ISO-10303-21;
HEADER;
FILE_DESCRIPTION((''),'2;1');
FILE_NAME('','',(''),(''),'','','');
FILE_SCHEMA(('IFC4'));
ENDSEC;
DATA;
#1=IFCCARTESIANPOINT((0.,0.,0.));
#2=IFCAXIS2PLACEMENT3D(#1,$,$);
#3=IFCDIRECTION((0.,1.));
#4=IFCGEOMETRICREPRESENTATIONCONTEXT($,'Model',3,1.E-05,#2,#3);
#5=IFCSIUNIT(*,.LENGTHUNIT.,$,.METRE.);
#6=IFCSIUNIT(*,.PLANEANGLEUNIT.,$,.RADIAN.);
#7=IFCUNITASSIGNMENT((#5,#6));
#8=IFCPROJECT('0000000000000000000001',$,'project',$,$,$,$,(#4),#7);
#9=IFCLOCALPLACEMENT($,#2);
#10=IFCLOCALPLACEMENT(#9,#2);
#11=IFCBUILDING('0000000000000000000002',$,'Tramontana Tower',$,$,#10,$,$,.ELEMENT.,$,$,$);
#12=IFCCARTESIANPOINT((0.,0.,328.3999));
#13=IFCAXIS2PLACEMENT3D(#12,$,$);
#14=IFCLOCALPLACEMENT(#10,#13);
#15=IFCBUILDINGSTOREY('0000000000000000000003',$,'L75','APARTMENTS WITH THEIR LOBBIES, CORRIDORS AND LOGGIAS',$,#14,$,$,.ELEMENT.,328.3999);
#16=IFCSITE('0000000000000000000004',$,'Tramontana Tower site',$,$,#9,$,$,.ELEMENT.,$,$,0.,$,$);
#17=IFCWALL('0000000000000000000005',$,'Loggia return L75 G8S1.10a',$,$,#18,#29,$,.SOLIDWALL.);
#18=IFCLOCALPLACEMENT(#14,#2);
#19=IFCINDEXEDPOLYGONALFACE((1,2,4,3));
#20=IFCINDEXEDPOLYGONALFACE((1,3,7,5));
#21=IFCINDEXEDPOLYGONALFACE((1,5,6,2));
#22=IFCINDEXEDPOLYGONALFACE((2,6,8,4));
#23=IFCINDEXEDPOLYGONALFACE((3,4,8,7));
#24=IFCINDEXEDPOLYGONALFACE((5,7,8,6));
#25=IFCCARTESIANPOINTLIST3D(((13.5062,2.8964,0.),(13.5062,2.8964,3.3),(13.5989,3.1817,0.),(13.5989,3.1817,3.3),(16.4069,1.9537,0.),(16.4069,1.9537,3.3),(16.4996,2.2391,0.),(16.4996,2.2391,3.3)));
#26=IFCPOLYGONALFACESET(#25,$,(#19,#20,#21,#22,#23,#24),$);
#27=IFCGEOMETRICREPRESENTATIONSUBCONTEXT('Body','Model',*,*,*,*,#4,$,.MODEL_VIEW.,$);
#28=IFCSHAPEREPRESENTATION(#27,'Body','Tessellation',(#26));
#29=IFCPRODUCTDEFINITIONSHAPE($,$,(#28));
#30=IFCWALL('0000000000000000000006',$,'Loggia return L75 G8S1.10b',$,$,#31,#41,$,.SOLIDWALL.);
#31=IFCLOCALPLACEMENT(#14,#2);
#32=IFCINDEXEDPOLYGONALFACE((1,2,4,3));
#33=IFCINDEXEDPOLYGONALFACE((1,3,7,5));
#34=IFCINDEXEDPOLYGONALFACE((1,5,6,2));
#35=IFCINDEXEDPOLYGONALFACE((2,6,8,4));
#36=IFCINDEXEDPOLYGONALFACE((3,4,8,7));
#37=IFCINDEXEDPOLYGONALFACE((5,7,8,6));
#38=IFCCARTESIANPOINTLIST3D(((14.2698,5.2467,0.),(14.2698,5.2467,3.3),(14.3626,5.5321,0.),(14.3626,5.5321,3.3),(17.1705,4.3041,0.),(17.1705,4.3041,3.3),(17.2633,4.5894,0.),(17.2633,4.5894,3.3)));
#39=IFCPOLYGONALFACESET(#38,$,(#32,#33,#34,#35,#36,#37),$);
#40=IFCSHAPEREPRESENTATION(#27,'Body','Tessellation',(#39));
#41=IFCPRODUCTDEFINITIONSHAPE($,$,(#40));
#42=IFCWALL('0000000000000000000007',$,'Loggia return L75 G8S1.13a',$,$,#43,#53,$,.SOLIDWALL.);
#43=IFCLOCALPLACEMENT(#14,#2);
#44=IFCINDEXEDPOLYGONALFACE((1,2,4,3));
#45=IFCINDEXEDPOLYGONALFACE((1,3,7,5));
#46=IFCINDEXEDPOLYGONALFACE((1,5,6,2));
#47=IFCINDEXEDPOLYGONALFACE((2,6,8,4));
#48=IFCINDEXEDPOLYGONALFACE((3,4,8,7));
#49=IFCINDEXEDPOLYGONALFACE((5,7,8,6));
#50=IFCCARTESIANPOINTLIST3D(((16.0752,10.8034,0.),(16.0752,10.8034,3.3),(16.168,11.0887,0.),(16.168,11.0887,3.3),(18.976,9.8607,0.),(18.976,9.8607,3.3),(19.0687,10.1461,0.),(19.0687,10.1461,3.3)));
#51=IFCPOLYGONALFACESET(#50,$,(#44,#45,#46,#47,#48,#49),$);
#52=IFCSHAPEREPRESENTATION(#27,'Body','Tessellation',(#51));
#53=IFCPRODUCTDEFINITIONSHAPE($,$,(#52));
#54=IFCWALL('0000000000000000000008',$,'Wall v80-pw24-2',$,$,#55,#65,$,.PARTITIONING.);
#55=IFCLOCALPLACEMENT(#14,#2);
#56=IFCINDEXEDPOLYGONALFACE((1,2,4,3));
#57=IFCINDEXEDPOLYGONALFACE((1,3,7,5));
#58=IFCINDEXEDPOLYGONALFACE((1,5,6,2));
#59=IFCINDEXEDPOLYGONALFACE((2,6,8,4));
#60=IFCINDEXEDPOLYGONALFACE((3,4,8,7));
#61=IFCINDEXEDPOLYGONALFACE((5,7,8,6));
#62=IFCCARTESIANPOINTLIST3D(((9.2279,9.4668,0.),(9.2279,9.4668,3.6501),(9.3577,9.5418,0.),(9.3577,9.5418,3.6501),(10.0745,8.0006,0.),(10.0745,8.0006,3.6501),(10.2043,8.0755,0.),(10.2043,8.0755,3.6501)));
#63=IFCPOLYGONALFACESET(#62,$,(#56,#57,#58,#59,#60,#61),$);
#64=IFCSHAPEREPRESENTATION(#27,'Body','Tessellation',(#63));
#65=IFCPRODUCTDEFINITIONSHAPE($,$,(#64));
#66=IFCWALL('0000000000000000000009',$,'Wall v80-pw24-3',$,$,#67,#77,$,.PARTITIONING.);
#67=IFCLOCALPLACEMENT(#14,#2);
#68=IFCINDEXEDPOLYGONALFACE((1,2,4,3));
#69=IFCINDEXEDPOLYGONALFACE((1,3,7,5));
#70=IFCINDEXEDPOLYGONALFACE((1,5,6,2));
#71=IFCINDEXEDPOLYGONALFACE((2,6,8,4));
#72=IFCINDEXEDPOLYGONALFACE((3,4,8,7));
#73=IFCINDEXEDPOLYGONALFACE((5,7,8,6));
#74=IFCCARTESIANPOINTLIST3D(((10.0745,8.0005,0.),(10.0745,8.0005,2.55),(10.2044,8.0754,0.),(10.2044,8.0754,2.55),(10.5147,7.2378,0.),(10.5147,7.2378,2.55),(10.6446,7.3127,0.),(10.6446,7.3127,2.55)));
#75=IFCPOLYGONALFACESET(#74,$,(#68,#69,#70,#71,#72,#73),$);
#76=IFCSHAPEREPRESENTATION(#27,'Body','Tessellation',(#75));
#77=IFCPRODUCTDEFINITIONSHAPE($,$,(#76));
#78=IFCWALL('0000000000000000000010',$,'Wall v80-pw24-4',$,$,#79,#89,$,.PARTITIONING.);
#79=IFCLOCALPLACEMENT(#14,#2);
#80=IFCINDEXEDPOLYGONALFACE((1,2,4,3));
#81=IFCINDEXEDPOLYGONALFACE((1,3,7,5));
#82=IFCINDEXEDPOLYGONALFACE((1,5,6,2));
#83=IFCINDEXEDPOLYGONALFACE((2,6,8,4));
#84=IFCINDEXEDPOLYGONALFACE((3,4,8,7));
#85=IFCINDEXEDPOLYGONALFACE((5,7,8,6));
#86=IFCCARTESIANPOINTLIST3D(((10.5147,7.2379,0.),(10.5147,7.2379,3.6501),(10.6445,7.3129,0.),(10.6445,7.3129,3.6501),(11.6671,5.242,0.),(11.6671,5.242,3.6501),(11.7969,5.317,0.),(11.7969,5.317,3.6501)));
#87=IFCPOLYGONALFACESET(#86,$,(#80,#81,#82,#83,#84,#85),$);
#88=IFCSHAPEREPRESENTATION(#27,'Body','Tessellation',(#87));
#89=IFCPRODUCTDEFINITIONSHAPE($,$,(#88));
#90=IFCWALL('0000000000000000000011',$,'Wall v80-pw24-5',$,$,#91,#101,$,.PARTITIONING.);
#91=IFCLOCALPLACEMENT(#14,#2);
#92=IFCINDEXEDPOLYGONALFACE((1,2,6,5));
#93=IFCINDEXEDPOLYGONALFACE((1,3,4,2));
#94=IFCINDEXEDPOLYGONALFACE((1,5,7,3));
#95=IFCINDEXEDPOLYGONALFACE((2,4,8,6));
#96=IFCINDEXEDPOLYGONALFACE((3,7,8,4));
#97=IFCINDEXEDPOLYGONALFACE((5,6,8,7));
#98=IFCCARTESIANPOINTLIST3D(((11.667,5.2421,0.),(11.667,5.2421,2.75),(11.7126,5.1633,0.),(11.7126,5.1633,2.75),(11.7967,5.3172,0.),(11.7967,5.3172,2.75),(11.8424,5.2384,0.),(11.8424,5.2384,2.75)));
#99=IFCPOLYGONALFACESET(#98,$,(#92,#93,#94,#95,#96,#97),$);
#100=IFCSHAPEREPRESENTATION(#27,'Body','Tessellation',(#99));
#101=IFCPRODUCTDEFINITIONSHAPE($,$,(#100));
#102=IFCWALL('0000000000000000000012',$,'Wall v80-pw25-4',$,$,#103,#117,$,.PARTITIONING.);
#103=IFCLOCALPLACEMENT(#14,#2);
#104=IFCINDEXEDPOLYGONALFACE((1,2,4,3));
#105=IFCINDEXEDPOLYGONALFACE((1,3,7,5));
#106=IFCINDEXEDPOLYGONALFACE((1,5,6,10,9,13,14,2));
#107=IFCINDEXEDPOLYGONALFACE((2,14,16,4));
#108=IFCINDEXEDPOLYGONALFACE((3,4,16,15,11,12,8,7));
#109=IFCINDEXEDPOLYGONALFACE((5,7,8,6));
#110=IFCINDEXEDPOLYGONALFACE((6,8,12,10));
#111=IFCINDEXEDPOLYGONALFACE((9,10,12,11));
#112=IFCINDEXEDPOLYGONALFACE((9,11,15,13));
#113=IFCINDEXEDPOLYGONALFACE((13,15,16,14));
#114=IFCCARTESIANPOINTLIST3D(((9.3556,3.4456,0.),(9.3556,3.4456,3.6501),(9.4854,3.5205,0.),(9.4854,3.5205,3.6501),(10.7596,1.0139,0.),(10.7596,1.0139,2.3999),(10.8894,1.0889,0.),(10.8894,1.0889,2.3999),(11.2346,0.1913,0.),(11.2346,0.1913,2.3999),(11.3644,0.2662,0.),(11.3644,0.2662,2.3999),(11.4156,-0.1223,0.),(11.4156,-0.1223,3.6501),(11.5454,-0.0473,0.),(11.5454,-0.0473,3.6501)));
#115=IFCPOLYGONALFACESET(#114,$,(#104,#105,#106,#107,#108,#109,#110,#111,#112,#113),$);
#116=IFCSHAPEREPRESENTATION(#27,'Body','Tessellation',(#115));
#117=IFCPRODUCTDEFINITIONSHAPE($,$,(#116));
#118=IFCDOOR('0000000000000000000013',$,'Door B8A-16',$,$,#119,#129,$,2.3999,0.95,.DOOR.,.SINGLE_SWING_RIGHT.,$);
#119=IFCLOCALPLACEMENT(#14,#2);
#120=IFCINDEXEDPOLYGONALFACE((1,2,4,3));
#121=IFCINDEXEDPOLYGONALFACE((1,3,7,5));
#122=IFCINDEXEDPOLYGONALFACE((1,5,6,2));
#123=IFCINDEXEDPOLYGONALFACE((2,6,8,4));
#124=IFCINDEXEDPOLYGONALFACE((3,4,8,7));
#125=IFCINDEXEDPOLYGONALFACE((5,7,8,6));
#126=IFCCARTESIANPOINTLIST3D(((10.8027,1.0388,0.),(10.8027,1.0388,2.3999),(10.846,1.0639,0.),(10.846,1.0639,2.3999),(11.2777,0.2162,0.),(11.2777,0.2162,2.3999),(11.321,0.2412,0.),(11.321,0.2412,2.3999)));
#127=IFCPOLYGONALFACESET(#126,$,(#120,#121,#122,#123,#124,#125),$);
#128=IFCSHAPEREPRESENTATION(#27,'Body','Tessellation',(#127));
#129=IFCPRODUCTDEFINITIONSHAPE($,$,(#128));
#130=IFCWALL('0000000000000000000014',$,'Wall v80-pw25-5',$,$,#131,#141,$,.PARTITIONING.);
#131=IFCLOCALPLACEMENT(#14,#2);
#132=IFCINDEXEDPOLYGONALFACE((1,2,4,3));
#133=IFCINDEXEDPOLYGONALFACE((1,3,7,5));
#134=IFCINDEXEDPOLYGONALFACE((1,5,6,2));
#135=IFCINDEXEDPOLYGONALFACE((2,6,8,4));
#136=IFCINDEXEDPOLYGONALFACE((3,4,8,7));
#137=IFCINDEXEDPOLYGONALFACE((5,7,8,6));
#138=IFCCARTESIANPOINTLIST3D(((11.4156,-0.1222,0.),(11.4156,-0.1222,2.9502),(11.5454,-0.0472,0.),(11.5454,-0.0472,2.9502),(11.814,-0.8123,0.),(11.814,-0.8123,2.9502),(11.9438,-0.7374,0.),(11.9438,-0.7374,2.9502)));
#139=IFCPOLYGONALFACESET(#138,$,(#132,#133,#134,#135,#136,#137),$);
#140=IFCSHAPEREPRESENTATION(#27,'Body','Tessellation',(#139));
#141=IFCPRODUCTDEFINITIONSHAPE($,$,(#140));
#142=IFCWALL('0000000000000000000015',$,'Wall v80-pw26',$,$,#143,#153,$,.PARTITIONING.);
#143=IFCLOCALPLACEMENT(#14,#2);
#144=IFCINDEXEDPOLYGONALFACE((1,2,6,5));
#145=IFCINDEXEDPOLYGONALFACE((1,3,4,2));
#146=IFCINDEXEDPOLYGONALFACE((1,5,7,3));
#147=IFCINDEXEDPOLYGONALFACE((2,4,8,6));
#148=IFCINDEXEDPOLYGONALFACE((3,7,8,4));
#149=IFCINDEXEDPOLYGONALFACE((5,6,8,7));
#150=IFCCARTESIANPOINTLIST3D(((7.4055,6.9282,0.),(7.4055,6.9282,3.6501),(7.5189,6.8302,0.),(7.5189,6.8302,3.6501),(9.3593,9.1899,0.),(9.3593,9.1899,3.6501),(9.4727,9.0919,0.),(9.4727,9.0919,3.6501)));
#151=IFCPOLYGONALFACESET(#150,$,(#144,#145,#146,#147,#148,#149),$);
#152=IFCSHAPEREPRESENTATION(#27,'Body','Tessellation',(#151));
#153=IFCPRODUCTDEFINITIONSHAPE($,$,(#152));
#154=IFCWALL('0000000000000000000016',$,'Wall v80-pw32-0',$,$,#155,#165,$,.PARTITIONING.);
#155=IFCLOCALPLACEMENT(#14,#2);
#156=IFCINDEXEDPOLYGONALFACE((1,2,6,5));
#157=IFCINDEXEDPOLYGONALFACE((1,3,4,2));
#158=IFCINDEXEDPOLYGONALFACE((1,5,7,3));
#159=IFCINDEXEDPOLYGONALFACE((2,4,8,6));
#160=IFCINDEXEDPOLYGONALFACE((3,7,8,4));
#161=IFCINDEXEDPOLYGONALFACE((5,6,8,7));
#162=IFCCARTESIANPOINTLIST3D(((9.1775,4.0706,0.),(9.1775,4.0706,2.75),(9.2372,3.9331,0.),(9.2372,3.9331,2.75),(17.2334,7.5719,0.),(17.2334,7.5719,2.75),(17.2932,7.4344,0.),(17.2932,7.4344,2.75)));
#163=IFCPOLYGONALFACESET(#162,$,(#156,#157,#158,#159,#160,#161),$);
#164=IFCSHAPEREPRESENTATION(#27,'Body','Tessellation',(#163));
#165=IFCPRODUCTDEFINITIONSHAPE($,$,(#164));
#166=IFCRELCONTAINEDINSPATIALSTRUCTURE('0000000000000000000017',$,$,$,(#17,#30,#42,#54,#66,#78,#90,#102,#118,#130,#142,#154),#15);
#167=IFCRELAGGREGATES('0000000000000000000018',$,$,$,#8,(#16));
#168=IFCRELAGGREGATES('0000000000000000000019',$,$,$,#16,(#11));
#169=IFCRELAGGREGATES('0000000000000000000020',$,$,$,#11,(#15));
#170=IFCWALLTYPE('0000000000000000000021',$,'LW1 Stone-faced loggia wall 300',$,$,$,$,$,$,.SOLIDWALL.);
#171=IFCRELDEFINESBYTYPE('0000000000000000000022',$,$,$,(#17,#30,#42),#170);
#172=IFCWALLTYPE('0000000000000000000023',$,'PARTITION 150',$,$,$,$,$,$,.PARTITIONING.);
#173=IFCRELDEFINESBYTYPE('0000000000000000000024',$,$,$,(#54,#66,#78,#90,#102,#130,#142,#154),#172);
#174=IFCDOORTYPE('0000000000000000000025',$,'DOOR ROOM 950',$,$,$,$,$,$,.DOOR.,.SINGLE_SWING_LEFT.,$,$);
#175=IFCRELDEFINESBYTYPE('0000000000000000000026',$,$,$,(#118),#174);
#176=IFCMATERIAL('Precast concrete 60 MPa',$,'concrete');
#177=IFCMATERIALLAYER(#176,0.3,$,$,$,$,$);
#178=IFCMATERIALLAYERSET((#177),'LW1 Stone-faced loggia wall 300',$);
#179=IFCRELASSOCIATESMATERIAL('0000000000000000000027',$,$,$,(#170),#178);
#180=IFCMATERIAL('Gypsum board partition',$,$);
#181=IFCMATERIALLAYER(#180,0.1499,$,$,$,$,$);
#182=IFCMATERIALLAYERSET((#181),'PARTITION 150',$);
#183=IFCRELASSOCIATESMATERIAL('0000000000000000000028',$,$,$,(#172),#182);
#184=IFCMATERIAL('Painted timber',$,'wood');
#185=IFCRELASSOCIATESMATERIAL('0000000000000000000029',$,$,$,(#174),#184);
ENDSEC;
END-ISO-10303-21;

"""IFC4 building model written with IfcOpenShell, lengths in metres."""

from ifc_helpers import new_model, si_unit, direction, frame, frame_2d, origin, place, context, subcontext, project, spatial, rectangle, extrude, material, layer, layer_set, type_object, element, fill, save


model = new_model("IFC4")

# Units and contexts
model_context = context("Model", 3, precision=1e-05, world=origin(), true_north=direction((0.0, 1.0)))
body_context = subcontext(model_context, "Body", "Model", "MODEL_VIEW")
ifc_project = project(units=[si_unit("LENGTHUNIT", "METRE"), si_unit("PLANEANGLEUNIT", "RADIAN")], contexts=[model_context])

# Site, building, storey
site_placement = place(None, origin())
site = spatial("IfcSite", under=ifc_project, at=site_placement, Name="Tramontana Tower site", CompositionType="ELEMENT", RefElevation=0.0)
building_placement = place(site_placement, origin())
building = spatial("IfcBuilding", under=site, at=building_placement, Name="Tramontana Tower", CompositionType="ELEMENT")
storey_placement = place(building_placement, frame((0.0, 0.0, 328.3999)))
storey = spatial("IfcBuildingStorey", under=building, at=storey_placement, Name="L75", Description="APARTMENTS WITH THEIR LOBBIES, CORRIDORS AND LOGGIAS", CompositionType="ELEMENT", Elevation=328.3999)

# Shared definitions
ifc_material_1 = material(Name="Precast concrete 60 MPa", Category="concrete")
ifc_layer_1 = layer(ifc_material_1, 0.3)
ifc_layer_set_1 = layer_set([ifc_layer_1], Name="LW1 Stone-faced loggia wall 300")
wall_type_1 = type_object("IfcWallType", Name="LW1 Stone-faced loggia wall 300", PredefinedType="SOLIDWALL", material=ifc_layer_set_1)

# Walls
for number, where, z_axis, x_axis, name in (
    (1, (16.4531, 2.0964, 0.0), (0.0, 0.0, 1.0), (-0.951042, 0.309063, 0.0), "Loggia return L75 G8S1.10a"),
    (2, (17.2168, 4.4468, 0.0), (0.0, 0.0, 1.0), (-0.951042, 0.309063, 0.0), "Loggia return L75 G8S1.10b"),
    (3, (19.0222, 10.0034, 0.0), (0.0, 0.0, 1.0), (-0.951042, 0.309063, 0.0), "Loggia return L75 G8S1.13a"),
):
    element("IfcWall", number, at=place(storey_placement, frame(where, z_axis=z_axis, x_axis=x_axis)), inside=storey, type_object=wall_type_1, Name=name, PredefinedType="SOLIDWALL", context=body_context, shape_type="SweptSolid", body=[
        extrude(rectangle(XDim=3.05, YDim=0.3, at=frame_2d((1.5249, 0.0))), origin(), (0.0, 0.0, 1.0), 3.3),
    ])
ifc_material_2 = material(Name="Gypsum board partition")
ifc_layer_2 = layer(ifc_material_2, 0.1499)
ifc_layer_set_2 = layer_set([ifc_layer_2], Name="PARTITION 150")
wall_type_2 = type_object("IfcWallType", Name="PARTITION 150", PredefinedType="PARTITIONING", material=ifc_layer_set_2)
wall_1_placement = place(storey_placement, frame((9.2927, 9.5044, 0.0), z_axis=(0.0, 0.0, 1.0), x_axis=(0.500047, -0.865998, 0.0)))
element("IfcWall", 4, at=wall_1_placement, inside=storey, type_object=wall_type_2, Name="Wall v80-pw24-2", PredefinedType="PARTITIONING", context=body_context, shape_type="SweptSolid", body=[
    extrude(rectangle(XDim=1.6931, YDim=0.1499, at=frame_2d((0.8467, 0.0))), origin(), (0.0, 0.0, 1.0), 3.6501),
])
wall_2_placement = place(storey_placement, frame((10.1394, 8.0381, 0.0), z_axis=(0.0, 0.0, 1.0), x_axis=(0.499866, -0.866102, 0.0)))
element("IfcWall", 5, at=wall_2_placement, inside=storey, type_object=wall_type_2, Name="Wall v80-pw24-3", PredefinedType="PARTITIONING", context=body_context, shape_type="SweptSolid", body=[
    extrude(rectangle(XDim=0.8806, YDim=0.1499, at=frame_2d((0.4404, 0.0))), origin(), (0.0, 0.0, 1.0), 2.55),
])
wall_3_placement = place(storey_placement, frame((10.5796, 7.2754, 0.0), z_axis=(0.0, 0.0, 1.0), x_axis=(0.500013, -0.866018, 0.0)))
element("IfcWall", 6, at=wall_3_placement, inside=storey, type_object=wall_type_2, Name="Wall v80-pw24-4", PredefinedType="PARTITIONING", context=body_context, shape_type="SweptSolid", body=[
    extrude(rectangle(XDim=2.3047, YDim=0.1499, at=frame_2d((1.1523, 0.0))), origin(), (0.0, 0.0, 1.0), 3.6501),
])
wall_4_placement = place(storey_placement, frame((11.7319, 5.2795, 0.0), z_axis=(0.0, 0.0, 1.0), x_axis=(0.501036, -0.865426, 0.0)))
element("IfcWall", 7, at=wall_4_placement, inside=storey, type_object=wall_type_2, Name="Wall v80-pw24-5", PredefinedType="PARTITIONING", context=body_context, shape_type="SweptSolid", body=[
    extrude(rectangle(XDim=0.0911, YDim=0.1499, at=frame_2d((0.0454, 0.0))), origin(), (0.0, 0.0, 1.0), 2.75),
])

# Wall, opening, door
wall_5_placement = place(storey_placement, frame((9.4204, 3.4832, 0.0), z_axis=(0.0, 0.0, 1.0), x_axis=(0.500027, -0.86601, 0.0)))
wall_5 = element("IfcWall", 8, at=wall_5_placement, inside=storey, type_object=wall_type_2, Name="Wall v80-pw25-4", PredefinedType="PARTITIONING", context=body_context, shape_type="SweptSolid", body=[
    extrude(rectangle(XDim=4.1199, YDim=0.1499, at=frame_2d((2.0601, 0.0))), origin(), (0.0, 0.0, 1.0), 3.6501),
])
opening_1_placement = place(wall_5_placement, frame((2.8079, 0.0, 0.0)))
opening_1 = element("IfcOpeningElement", 9, at=opening_1_placement, cuts=wall_5, PredefinedType="OPENING", context=body_context, shape_type="SweptSolid", body=[
    extrude(rectangle(XDim=0.95, YDim=2.3999, at=frame_2d((0.4751, 1.2))), frame((0.0, 0.085, 0.0), z_axis=(0.0, -1.0, 0.0), x_axis=(1.0, 0.0, 0.0)), (0.0, 0.0, 1.0), 0.1699),
])
ifc_material_3 = material(Name="Painted timber", Category="wood")
door_type_1 = type_object("IfcDoorType", Name="DOOR ROOM 950", OperationType="SINGLE_SWING_LEFT", PredefinedType="DOOR", material=ifc_material_3)
door_1_placement = place(opening_1_placement, origin())
door_1 = element("IfcDoor", 10, at=door_1_placement, inside=storey, type_object=door_type_1, Name="Door B8A-16", OperationType="SINGLE_SWING_RIGHT", OverallHeight=2.3999, OverallWidth=0.95, PredefinedType="DOOR", context=body_context, shape_type="SweptSolid", body=[
    extrude(rectangle(XDim=0.95, YDim=2.3999, at=frame_2d((0.4751, 1.2))), frame((0.0, 0.0249, 0.0), z_axis=(0.0, -1.0, 0.0), x_axis=(1.0, 0.0, 0.0)), (0.0, 0.0, 1.0), 0.05),
])
fill(opening_1, door_1)

# Walls
wall_6_placement = place(storey_placement, frame((11.4805, -0.0847, 0.0), z_axis=(0.0, 0.0, 1.0), x_axis=(0.499961, -0.866048, 0.0)))
element("IfcWall", 11, at=wall_6_placement, inside=storey, type_object=wall_type_2, Name="Wall v80-pw25-5", PredefinedType="PARTITIONING", context=body_context, shape_type="SweptSolid", body=[
    extrude(rectangle(XDim=0.7969, YDim=0.1499, at=frame_2d((0.3984, 0.0))), origin(), (0.0, 0.0, 1.0), 2.9502),
])
wall_7_placement = place(storey_placement, frame((9.416, 9.1409, 0.0), z_axis=(0.0, 0.0, 1.0), x_axis=(-0.653726, -0.756731, 0.0)))
element("IfcWall", 12, at=wall_7_placement, inside=storey, type_object=wall_type_2, Name="Wall v80-pw26", PredefinedType="PARTITIONING", context=body_context, shape_type="SweptSolid", body=[
    extrude(rectangle(XDim=2.9888, YDim=0.1499, at=frame_2d((1.4944, 0.0))), origin(), (0.0, 0.0, 1.0), 3.6501),
])
wall_8_placement = place(storey_placement, frame((17.2634, 7.5032, 0.0), z_axis=(0.0, 0.0, 1.0), x_axis=(-0.917126, -0.398597, 0.0)))
element("IfcWall", 13, at=wall_8_placement, inside=storey, type_object=wall_type_2, Name="Wall v80-pw32-0", PredefinedType="PARTITIONING", context=body_context, shape_type="SweptSolid", body=[
    extrude(rectangle(XDim=8.7839, YDim=0.1499, at=frame_2d((4.3921, 0.0))), origin(), (0.0, 0.0, 1.0), 2.75),
])

save(model, "model.ifc")
